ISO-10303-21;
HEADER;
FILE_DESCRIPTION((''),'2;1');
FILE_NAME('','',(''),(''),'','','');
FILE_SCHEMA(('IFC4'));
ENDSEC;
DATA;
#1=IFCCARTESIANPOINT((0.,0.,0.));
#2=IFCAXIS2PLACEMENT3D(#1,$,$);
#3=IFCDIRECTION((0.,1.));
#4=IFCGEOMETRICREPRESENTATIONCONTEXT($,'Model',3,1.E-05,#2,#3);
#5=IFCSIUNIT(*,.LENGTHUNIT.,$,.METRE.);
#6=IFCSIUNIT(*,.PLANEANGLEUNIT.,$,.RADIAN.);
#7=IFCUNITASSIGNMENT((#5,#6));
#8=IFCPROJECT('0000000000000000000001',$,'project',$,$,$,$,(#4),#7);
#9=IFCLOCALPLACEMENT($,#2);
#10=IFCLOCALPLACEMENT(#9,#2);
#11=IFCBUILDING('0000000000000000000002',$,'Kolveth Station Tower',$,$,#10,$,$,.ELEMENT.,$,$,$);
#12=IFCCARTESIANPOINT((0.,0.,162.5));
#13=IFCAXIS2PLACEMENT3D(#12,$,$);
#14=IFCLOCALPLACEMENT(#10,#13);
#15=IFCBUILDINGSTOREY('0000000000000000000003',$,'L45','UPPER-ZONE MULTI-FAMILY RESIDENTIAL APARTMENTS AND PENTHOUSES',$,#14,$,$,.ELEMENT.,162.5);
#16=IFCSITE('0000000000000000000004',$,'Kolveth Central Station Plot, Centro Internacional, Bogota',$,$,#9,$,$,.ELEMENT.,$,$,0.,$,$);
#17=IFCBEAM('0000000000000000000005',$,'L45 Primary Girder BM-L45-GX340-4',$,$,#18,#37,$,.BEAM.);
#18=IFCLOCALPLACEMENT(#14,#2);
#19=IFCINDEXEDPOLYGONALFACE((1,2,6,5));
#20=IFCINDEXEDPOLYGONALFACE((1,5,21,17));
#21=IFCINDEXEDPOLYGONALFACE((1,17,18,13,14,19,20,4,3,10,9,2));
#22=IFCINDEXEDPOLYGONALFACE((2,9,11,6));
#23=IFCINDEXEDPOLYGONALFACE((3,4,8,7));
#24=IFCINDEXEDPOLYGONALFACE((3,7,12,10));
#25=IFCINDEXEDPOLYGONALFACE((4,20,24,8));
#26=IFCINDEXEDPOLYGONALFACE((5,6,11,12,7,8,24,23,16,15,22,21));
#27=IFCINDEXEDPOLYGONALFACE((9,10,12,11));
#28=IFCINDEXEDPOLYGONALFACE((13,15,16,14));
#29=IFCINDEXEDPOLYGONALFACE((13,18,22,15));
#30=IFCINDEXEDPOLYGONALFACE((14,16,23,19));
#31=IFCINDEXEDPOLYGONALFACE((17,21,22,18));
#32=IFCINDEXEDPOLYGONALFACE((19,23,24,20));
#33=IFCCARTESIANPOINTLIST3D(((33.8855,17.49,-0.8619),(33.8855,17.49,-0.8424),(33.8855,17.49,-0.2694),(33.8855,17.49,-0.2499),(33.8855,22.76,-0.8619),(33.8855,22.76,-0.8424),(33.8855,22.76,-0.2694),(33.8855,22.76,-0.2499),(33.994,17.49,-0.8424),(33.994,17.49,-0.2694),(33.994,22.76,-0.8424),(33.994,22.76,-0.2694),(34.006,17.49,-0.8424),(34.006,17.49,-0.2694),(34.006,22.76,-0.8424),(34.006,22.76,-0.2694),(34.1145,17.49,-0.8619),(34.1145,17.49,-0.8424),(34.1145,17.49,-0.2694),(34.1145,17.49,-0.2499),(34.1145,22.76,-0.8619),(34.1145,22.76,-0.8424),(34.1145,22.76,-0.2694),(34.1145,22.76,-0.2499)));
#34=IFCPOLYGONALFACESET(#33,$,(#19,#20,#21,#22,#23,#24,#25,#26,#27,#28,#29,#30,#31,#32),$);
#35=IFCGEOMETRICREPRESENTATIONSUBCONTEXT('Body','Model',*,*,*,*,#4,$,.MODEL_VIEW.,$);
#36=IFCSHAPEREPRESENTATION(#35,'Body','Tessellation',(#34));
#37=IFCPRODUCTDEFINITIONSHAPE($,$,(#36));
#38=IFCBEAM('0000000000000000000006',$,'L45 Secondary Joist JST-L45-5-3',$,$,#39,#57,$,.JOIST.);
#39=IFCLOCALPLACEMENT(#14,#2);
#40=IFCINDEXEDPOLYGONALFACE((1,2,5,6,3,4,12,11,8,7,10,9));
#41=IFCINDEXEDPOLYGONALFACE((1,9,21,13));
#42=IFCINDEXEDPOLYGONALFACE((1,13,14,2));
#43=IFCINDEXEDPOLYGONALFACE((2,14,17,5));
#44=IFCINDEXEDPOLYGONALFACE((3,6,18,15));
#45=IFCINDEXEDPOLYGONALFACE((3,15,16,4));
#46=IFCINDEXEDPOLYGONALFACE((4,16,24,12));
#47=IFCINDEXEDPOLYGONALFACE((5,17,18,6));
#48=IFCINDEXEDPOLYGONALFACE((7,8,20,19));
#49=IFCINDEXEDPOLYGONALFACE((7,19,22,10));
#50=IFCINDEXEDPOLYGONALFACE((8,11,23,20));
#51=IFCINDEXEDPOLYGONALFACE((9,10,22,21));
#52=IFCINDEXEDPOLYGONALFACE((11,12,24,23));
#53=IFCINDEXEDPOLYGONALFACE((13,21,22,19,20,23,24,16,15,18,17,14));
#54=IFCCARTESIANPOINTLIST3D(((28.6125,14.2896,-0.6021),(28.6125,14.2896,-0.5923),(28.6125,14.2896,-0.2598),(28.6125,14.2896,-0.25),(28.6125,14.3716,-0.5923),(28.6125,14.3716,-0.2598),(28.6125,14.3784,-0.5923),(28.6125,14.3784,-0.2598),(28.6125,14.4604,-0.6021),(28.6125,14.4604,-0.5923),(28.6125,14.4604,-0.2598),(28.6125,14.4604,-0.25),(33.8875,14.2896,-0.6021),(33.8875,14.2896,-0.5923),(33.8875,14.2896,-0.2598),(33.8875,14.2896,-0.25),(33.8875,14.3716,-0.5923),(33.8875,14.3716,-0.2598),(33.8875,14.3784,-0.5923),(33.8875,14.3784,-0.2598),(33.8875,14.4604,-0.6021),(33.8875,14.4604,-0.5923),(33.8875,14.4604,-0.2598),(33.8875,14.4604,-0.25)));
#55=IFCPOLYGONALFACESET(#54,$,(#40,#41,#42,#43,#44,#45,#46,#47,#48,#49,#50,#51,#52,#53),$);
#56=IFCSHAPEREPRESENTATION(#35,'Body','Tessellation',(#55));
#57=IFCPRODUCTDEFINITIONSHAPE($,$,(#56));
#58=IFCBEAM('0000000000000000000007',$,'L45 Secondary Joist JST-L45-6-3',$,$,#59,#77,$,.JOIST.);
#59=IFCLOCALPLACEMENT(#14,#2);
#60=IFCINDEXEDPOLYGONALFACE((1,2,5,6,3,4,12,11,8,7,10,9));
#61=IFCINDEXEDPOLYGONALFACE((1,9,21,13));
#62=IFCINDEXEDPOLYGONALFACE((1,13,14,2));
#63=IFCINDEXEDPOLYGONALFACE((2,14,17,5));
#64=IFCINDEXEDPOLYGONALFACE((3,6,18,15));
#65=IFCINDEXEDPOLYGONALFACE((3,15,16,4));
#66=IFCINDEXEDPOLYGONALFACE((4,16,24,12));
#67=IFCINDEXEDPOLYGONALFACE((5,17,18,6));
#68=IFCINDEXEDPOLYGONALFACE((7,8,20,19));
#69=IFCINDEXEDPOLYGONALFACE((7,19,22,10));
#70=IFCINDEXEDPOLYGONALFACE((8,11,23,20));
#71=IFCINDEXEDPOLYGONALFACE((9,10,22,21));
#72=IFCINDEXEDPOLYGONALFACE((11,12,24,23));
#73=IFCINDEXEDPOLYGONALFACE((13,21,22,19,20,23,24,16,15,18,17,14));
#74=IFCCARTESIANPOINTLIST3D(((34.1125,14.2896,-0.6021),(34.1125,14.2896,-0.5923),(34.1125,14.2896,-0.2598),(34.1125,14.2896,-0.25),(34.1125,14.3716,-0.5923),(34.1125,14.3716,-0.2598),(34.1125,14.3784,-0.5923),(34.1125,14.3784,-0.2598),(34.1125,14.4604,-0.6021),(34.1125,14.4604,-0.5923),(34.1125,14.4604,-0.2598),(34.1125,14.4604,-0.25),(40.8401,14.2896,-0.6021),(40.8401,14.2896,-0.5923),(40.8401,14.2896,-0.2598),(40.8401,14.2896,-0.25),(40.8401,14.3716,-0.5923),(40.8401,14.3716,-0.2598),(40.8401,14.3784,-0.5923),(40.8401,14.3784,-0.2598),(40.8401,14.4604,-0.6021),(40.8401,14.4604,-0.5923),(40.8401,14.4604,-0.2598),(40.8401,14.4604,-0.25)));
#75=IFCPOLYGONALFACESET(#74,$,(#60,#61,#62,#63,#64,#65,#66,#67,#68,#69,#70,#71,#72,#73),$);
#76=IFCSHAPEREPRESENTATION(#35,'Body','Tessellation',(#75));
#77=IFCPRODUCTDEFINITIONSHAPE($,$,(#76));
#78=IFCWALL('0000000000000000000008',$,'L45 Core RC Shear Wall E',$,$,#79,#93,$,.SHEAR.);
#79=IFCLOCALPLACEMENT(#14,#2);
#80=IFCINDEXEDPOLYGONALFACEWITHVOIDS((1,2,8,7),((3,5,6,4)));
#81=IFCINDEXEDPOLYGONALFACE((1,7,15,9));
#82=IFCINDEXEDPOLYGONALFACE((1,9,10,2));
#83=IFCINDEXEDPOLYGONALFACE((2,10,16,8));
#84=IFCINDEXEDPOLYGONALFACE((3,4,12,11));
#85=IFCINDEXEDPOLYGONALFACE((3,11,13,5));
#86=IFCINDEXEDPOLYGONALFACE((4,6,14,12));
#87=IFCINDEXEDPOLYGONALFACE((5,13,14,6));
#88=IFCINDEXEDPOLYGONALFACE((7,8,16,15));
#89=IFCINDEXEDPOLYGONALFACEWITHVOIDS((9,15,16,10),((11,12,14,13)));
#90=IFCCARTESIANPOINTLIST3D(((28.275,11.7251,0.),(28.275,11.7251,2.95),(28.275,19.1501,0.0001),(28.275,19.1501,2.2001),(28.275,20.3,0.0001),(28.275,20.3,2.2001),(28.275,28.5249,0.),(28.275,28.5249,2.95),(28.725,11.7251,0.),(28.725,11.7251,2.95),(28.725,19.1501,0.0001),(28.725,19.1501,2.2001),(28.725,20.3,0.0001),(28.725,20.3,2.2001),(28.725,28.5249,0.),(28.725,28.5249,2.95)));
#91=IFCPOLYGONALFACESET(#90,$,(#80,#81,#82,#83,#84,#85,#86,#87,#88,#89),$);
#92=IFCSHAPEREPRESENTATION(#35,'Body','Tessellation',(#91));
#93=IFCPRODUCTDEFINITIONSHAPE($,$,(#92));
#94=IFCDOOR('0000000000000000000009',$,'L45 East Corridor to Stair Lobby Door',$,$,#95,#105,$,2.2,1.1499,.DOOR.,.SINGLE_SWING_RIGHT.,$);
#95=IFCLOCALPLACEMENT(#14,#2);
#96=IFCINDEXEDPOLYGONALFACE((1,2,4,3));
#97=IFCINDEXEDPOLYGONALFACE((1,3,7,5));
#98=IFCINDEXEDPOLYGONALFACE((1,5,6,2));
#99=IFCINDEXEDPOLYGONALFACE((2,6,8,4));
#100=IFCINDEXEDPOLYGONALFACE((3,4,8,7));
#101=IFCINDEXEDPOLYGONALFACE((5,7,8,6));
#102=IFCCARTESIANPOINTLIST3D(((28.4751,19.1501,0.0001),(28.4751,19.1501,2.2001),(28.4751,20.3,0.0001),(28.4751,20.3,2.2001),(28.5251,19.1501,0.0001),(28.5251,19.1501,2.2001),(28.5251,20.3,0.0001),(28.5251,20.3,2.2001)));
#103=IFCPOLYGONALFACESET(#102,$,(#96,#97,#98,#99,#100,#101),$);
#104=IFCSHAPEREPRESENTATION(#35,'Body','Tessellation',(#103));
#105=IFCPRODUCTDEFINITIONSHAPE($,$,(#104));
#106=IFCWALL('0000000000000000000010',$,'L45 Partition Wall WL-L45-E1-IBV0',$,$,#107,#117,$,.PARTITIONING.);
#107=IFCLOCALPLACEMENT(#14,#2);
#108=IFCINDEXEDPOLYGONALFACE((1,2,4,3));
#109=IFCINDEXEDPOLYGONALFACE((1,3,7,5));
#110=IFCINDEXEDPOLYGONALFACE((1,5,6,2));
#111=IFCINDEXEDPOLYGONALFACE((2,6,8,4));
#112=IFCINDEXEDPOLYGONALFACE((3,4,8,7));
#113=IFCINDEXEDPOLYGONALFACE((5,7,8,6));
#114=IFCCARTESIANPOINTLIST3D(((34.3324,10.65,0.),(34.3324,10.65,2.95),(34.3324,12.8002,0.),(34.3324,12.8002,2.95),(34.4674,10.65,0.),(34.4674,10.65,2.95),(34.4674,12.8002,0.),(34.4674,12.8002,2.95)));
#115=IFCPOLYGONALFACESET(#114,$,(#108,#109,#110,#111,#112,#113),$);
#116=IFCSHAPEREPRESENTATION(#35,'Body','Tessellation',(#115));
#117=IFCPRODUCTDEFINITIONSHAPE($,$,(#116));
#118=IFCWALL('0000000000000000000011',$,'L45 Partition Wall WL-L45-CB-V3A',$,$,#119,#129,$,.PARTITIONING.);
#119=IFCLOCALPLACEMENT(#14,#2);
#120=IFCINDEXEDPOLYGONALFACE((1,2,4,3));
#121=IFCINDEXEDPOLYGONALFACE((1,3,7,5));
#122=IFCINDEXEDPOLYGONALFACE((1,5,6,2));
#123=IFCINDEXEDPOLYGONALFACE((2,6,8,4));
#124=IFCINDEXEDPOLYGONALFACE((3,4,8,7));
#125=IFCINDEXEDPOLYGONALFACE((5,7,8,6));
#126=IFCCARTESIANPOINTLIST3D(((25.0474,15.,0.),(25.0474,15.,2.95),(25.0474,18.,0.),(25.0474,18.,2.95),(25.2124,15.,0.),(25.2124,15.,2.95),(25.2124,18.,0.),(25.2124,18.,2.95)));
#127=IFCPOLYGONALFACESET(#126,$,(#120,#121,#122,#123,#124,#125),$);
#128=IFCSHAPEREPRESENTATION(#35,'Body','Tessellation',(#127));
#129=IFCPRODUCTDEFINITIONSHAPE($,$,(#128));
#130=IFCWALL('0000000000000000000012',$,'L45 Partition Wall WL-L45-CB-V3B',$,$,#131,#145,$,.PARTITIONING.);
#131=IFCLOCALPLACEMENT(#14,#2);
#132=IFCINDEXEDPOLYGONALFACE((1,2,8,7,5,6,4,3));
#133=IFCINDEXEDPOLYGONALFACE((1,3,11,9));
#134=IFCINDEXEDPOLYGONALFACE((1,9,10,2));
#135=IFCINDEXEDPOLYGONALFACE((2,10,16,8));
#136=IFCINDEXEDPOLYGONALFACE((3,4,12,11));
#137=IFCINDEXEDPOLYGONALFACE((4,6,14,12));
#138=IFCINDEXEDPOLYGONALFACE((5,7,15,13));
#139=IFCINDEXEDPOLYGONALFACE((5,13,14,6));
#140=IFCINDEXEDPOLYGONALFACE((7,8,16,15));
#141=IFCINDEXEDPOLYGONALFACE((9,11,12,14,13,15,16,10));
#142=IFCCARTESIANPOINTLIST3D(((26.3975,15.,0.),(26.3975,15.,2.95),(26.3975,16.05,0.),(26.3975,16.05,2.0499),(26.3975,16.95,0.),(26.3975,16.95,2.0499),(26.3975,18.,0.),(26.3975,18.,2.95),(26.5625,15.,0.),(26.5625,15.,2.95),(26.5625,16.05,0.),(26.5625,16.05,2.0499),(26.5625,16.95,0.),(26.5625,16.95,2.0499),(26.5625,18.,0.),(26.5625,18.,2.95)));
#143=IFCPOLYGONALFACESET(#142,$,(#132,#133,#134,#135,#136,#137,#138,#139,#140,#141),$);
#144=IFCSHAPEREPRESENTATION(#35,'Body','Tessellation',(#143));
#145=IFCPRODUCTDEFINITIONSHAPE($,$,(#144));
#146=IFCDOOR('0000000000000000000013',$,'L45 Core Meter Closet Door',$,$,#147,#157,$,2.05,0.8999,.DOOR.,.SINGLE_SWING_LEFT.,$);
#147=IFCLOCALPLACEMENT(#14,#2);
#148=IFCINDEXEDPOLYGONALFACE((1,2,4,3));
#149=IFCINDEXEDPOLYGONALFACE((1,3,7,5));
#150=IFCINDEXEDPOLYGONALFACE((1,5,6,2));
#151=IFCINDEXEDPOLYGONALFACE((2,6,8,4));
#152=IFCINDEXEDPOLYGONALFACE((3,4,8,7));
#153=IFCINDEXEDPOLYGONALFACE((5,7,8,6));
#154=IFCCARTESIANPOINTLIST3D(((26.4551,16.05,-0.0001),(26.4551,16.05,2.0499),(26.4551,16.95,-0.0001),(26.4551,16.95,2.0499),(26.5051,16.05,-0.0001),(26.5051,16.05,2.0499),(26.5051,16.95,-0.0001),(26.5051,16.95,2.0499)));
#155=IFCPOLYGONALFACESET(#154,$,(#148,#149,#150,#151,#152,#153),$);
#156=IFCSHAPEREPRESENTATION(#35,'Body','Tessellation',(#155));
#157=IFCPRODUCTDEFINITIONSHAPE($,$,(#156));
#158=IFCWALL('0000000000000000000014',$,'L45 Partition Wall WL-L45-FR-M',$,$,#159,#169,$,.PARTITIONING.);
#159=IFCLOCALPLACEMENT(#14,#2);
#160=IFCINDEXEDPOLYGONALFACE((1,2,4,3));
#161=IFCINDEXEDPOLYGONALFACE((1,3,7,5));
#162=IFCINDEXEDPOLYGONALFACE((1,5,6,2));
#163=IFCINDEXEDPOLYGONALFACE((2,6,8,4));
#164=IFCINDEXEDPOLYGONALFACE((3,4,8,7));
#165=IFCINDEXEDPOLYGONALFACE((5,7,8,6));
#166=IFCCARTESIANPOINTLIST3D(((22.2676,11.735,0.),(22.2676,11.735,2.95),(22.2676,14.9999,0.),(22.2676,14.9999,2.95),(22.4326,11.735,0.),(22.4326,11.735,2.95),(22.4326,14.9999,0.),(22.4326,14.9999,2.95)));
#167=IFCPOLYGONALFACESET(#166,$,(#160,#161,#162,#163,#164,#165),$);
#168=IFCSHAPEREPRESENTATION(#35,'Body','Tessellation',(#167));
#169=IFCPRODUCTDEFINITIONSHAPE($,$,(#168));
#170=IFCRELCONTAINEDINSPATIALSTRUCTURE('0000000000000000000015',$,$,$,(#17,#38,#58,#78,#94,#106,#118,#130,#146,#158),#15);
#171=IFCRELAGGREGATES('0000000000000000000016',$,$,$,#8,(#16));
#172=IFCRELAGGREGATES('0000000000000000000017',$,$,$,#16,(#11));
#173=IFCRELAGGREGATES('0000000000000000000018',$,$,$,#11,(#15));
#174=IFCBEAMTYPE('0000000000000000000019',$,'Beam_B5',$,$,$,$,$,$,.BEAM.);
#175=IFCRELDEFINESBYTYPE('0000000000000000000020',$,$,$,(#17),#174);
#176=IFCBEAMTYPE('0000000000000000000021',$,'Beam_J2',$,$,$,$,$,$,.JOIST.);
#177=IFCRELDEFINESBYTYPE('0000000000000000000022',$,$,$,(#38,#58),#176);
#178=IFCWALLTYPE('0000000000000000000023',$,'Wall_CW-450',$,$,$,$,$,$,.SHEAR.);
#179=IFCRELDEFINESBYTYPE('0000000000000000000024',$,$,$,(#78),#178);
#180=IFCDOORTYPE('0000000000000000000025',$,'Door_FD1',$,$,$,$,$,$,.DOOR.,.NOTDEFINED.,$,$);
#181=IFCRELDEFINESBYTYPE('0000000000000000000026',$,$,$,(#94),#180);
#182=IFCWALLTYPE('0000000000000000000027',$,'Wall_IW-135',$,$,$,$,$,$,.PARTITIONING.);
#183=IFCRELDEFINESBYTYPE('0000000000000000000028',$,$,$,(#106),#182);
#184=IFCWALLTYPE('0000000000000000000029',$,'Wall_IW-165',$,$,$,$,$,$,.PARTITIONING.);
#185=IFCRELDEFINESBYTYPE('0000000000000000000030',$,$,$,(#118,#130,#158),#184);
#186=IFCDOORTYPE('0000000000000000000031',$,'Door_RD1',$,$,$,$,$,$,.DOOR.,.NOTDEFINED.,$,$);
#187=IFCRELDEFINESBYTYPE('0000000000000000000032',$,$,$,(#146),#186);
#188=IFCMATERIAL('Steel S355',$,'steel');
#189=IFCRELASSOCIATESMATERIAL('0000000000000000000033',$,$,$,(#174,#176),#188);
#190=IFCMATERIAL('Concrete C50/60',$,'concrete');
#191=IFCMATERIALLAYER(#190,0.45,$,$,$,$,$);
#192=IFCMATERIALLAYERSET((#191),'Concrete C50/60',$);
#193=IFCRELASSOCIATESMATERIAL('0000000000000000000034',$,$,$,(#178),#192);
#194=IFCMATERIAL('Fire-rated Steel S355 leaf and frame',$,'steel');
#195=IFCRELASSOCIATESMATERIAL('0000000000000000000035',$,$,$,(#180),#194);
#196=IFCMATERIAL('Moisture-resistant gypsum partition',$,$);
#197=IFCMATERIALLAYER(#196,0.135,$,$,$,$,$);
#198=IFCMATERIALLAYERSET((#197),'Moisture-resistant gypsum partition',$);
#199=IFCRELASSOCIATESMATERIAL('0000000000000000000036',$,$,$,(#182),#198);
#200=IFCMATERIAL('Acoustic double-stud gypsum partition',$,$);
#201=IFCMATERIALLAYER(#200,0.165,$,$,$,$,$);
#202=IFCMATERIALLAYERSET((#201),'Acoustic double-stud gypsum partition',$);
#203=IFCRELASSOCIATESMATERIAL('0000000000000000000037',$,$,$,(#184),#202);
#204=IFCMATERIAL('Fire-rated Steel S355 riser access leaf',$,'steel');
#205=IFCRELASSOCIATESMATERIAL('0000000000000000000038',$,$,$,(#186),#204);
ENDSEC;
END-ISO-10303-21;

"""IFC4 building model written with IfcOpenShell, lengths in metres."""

from ifc_helpers import new_model, si_unit, direction, frame, frame_2d, origin, origin_2d, place, context, subcontext, project, spatial, rectangle, i_section, extrude, source, transform, mapped, material, layer, layer_set, material_profile, profile_set, type_object, element, fill, save


model = new_model("IFC4")

# Units and contexts
model_context = context("Model", 3, precision=1e-05, world=origin(), true_north=direction((0.0, 1.0)))
body_context = subcontext(model_context, "Body", "Model", "MODEL_VIEW")
ifc_project = project(units=[si_unit("LENGTHUNIT", "METRE"), si_unit("PLANEANGLEUNIT", "RADIAN")], contexts=[model_context])

# Site, building, storey
site_placement = place(None, origin())
site = spatial("IfcSite", under=ifc_project, at=site_placement, Name="Kolveth Central Station Plot, Centro Internacional, Bogota", CompositionType="ELEMENT", RefElevation=0.0)
building_placement = place(site_placement, origin())
building = spatial("IfcBuilding", under=site, at=building_placement, Name="Kolveth Station Tower", CompositionType="ELEMENT")
storey_placement = place(building_placement, frame((0.0, 0.0, 162.5)))
storey = spatial("IfcBuildingStorey", under=building, at=storey_placement, Name="L45", Description="UPPER-ZONE MULTI-FAMILY RESIDENTIAL APARTMENTS AND PENTHOUSES", CompositionType="ELEMENT", Elevation=162.5)

# Shared definitions
ifc_material_1 = material(Name="Steel S355", Category="steel")

# Beams
ifc_material_profile_1 = material_profile(ifc_material_1, i_section(OverallWidth=0.229, OverallDepth=0.6121, WebThickness=0.012, FlangeThickness=0.0195, at=origin_2d()), Name="W610x125")
ifc_profile_set_1 = profile_set([ifc_material_profile_1], Name="Steel S355")
beam_type_1 = type_object("IfcBeamType", Name="Beam_B5", PredefinedType="BEAM", material=ifc_profile_set_1)
shared_shape_1 = source(origin(), body_context, "Body", "SweptSolid", [
    extrude(i_section(OverallWidth=0.229, OverallDepth=0.6121, WebThickness=0.012, FlangeThickness=0.0195, at=origin_2d()), origin(), (0.0, 0.0, 1.0), 5.27),
])
for number, where, z_axis, x_axis, name in (
    (1, (34.0, 17.49, -0.5559), (0.0, 1.0, 0.0), (-1.0, 0.0, 0.0), "L45 Primary Girder BM-L45-GX340-4"),
):
    element("IfcBeam", number, at=place(storey_placement, frame(where, z_axis=z_axis, x_axis=x_axis)), inside=storey, type_object=beam_type_1, Name=name, PredefinedType="BEAM", context=body_context, shape_type="MappedRepresentation", body=[
        mapped(shared_shape_1, transform((0.0, 0.0, 0.0), x_axis=(1.0, 0.0, 0.0), y_axis=(0.0, 1.0, 0.0), z_axis=(0.0, 0.0, 1.0), scale=1.0)),
    ])
ifc_material_profile_2 = material_profile(ifc_material_1, i_section(OverallWidth=0.1709, OverallDepth=0.3521, WebThickness=0.0068, FlangeThickness=0.0098, at=origin_2d()), Name="W360x44")
ifc_profile_set_2 = profile_set([ifc_material_profile_2], Name="Steel S355")
beam_type_2 = type_object("IfcBeamType", Name="Beam_J2", PredefinedType="JOIST", material=ifc_profile_set_2)
shared_shape_2 = source(origin(), body_context, "Body", "SweptSolid", [
    extrude(i_section(OverallWidth=0.1709, OverallDepth=0.3521, WebThickness=0.0068, FlangeThickness=0.0098, at=origin_2d()), origin(), (0.0, 0.0, 1.0), 5.2749),
])
beam_1_placement = place(storey_placement, frame((28.6125, 14.375, -0.426), z_axis=(1.0, 0.0, 0.0), x_axis=(0.0, 1.0, 0.0)))
element("IfcBeam", 2, at=beam_1_placement, inside=storey, type_object=beam_type_2, Name="L45 Secondary Joist JST-L45-5-3", PredefinedType="JOIST", context=body_context, shape_type="MappedRepresentation", body=[
    mapped(shared_shape_2, transform((0.0, 0.0, 0.0), x_axis=(1.0, 0.0, 0.0), y_axis=(0.0, 1.0, 0.0), z_axis=(0.0, 0.0, 1.0), scale=1.0)),
])
shared_shape_3 = source(origin(), body_context, "Body", "SweptSolid", [
    extrude(i_section(OverallWidth=0.1709, OverallDepth=0.3521, WebThickness=0.0068, FlangeThickness=0.0098, at=origin_2d()), origin(), (0.0, 0.0, 1.0), 6.7275),
])
beam_2_placement = place(storey_placement, frame((34.1125, 14.375, -0.426), z_axis=(1.0, 0.0, 0.0), x_axis=(0.0, 1.0, 0.0)))
element("IfcBeam", 3, at=beam_2_placement, inside=storey, type_object=beam_type_2, Name="L45 Secondary Joist JST-L45-6-3", PredefinedType="JOIST", context=body_context, shape_type="MappedRepresentation", body=[
    mapped(shared_shape_3, transform((0.0, 0.0, 0.0), x_axis=(1.0, 0.0, 0.0), y_axis=(0.0, 1.0, 0.0), z_axis=(0.0, 0.0, 1.0), scale=1.0)),
])

# Wall, opening, door
ifc_material_2 = material(Name="Concrete C50/60", Category="concrete")
ifc_layer_1 = layer(ifc_material_2, 0.45)
ifc_layer_set_1 = layer_set([ifc_layer_1], Name="Concrete C50/60")
wall_type_1 = type_object("IfcWallType", Name="Wall_CW-450", PredefinedType="SHEAR", material=ifc_layer_set_1)
wall_1_placement = place(storey_placement, frame((28.5, 11.7251, 0.0), z_axis=(0.0, 0.0, 1.0), x_axis=(0.0, 1.0, 0.0)))
wall_1 = element("IfcWall", 4, at=wall_1_placement, inside=storey, type_object=wall_type_1, Name="L45 Core RC Shear Wall E", PredefinedType="SHEAR", context=body_context, shape_type="SweptSolid", body=[
    extrude(rectangle(XDim=16.7998, YDim=0.45, at=frame_2d((8.3999, 0.0))), origin(), (0.0, 0.0, 1.0), 2.95),
])
opening_1_placement = place(wall_1_placement, frame((7.425, 0.0, 0.0)))
opening_1 = element("IfcOpeningElement", 5, at=opening_1_placement, cuts=wall_1, PredefinedType="OPENING", context=body_context, shape_type="SweptSolid", body=[
    extrude(rectangle(XDim=1.1499, YDim=2.2, at=frame_2d((0.575, 1.1001))), frame((0.0, 0.2349, 0.0), z_axis=(0.0, -1.0, 0.0), x_axis=(1.0, 0.0, 0.0)), (0.0, 0.0, 1.0), 0.47),
])
ifc_material_3 = material(Name="Fire-rated Steel S355 leaf and frame", Category="steel")
door_type_1 = type_object("IfcDoorType", Name="Door_FD1", OperationType="NOTDEFINED", PredefinedType="DOOR", material=ifc_material_3)
door_1_placement = place(opening_1_placement, origin())
door_1 = element("IfcDoor", 6, at=door_1_placement, inside=storey, type_object=door_type_1, Name="L45 East Corridor to Stair Lobby Door", OperationType="SINGLE_SWING_RIGHT", OverallHeight=2.2, OverallWidth=1.1499, PredefinedType="DOOR", context=body_context, shape_type="SweptSolid", body=[
    extrude(rectangle(XDim=1.1499, YDim=2.2, at=frame_2d((0.575, 1.1001))), frame((0.0, 0.0249, 0.0), z_axis=(0.0, -1.0, 0.0), x_axis=(1.0, 0.0, 0.0)), (0.0, 0.0, 1.0), 0.05),
])
fill(opening_1, door_1)
ifc_material_4 = material(Name="Moisture-resistant gypsum partition")
ifc_layer_2 = layer(ifc_material_4, 0.135)
ifc_layer_set_2 = layer_set([ifc_layer_2], Name="Moisture-resistant gypsum partition")
wall_type_2 = type_object("IfcWallType", Name="Wall_IW-135", PredefinedType="PARTITIONING", material=ifc_layer_set_2)

# Walls
wall_2_placement = place(storey_placement, frame((34.3999, 10.6499, 0.0), z_axis=(0.0, 0.0, 1.0), x_axis=(0.0, 1.0, 0.0)))
element("IfcWall", 7, at=wall_2_placement, inside=storey, type_object=wall_type_2, Name="L45 Partition Wall WL-L45-E1-IBV0", PredefinedType="PARTITIONING", context=body_context, shape_type="SweptSolid", body=[
    extrude(rectangle(XDim=2.1501, YDim=0.135, at=frame_2d((1.0752, 0.0))), origin(), (0.0, 0.0, 1.0), 2.95),
])
ifc_material_5 = material(Name="Acoustic double-stud gypsum partition")
ifc_layer_3 = layer(ifc_material_5, 0.165)
ifc_layer_set_3 = layer_set([ifc_layer_3], Name="Acoustic double-stud gypsum partition")
wall_type_3 = type_object("IfcWallType", Name="Wall_IW-165", PredefinedType="PARTITIONING", material=ifc_layer_set_3)
wall_3_placement = place(storey_placement, frame((25.1299, 15.0, 0.0), z_axis=(0.0, 0.0, 1.0), x_axis=(0.0, 1.0, 0.0)))
element("IfcWall", 8, at=wall_3_placement, inside=storey, type_object=wall_type_3, Name="L45 Partition Wall WL-L45-CB-V3A", PredefinedType="PARTITIONING", context=body_context, shape_type="SweptSolid", body=[
    extrude(rectangle(XDim=3.0, YDim=0.165, at=frame_2d((1.5, 0.0))), origin(), (0.0, 0.0, 1.0), 2.95),
])

# Wall, opening, door
wall_4_placement = place(storey_placement, frame((26.48, 15.0, 0.0), z_axis=(0.0, 0.0, 1.0), x_axis=(0.0, 1.0, 0.0)))
wall_4 = element("IfcWall", 9, at=wall_4_placement, inside=storey, type_object=wall_type_3, Name="L45 Partition Wall WL-L45-CB-V3B", PredefinedType="PARTITIONING", context=body_context, shape_type="SweptSolid", body=[
    extrude(rectangle(XDim=3.0, YDim=0.165, at=frame_2d((1.5, 0.0))), origin(), (0.0, 0.0, 1.0), 2.95),
])
opening_2_placement = place(wall_4_placement, frame((1.05, 0.0, 0.0)))
opening_2 = element("IfcOpeningElement", 10, at=opening_2_placement, cuts=wall_4, PredefinedType="OPENING", context=body_context, shape_type="SweptSolid", body=[
    extrude(rectangle(XDim=0.8999, YDim=2.05, at=frame_2d((0.45, 1.0249))), frame((0.0, 0.0925, 0.0), z_axis=(0.0, -1.0, 0.0), x_axis=(1.0, 0.0, 0.0)), (0.0, 0.0, 1.0), 0.1851),
])
ifc_material_6 = material(Name="Fire-rated Steel S355 riser access leaf", Category="steel")
door_type_2 = type_object("IfcDoorType", Name="Door_RD1", OperationType="NOTDEFINED", PredefinedType="DOOR", material=ifc_material_6)
door_2_placement = place(opening_2_placement, origin())
door_2 = element("IfcDoor", 11, at=door_2_placement, inside=storey, type_object=door_type_2, Name="L45 Core Meter Closet Door", OperationType="SINGLE_SWING_LEFT", OverallHeight=2.05, OverallWidth=0.8999, PredefinedType="DOOR", context=body_context, shape_type="SweptSolid", body=[
    extrude(rectangle(XDim=0.8999, YDim=2.05, at=frame_2d((0.45, 1.0249))), frame((0.0, 0.0249, 0.0), z_axis=(0.0, -1.0, 0.0), x_axis=(1.0, 0.0, 0.0)), (0.0, 0.0, 1.0), 0.05),
])
fill(opening_2, door_2)

# Wall
wall_5_placement = place(storey_placement, frame((22.3501, 11.7351, 0.0), z_axis=(0.0, 0.0, 1.0), x_axis=(0.0, 1.0, 0.0)))
element("IfcWall", 12, at=wall_5_placement, inside=storey, type_object=wall_type_3, Name="L45 Partition Wall WL-L45-FR-M", PredefinedType="PARTITIONING", context=body_context, shape_type="SweptSolid", body=[
    extrude(rectangle(XDim=3.2649, YDim=0.165, at=frame_2d((1.6323, 0.0))), origin(), (0.0, 0.0, 1.0), 2.95),
])

save(model, "model.ifc")
